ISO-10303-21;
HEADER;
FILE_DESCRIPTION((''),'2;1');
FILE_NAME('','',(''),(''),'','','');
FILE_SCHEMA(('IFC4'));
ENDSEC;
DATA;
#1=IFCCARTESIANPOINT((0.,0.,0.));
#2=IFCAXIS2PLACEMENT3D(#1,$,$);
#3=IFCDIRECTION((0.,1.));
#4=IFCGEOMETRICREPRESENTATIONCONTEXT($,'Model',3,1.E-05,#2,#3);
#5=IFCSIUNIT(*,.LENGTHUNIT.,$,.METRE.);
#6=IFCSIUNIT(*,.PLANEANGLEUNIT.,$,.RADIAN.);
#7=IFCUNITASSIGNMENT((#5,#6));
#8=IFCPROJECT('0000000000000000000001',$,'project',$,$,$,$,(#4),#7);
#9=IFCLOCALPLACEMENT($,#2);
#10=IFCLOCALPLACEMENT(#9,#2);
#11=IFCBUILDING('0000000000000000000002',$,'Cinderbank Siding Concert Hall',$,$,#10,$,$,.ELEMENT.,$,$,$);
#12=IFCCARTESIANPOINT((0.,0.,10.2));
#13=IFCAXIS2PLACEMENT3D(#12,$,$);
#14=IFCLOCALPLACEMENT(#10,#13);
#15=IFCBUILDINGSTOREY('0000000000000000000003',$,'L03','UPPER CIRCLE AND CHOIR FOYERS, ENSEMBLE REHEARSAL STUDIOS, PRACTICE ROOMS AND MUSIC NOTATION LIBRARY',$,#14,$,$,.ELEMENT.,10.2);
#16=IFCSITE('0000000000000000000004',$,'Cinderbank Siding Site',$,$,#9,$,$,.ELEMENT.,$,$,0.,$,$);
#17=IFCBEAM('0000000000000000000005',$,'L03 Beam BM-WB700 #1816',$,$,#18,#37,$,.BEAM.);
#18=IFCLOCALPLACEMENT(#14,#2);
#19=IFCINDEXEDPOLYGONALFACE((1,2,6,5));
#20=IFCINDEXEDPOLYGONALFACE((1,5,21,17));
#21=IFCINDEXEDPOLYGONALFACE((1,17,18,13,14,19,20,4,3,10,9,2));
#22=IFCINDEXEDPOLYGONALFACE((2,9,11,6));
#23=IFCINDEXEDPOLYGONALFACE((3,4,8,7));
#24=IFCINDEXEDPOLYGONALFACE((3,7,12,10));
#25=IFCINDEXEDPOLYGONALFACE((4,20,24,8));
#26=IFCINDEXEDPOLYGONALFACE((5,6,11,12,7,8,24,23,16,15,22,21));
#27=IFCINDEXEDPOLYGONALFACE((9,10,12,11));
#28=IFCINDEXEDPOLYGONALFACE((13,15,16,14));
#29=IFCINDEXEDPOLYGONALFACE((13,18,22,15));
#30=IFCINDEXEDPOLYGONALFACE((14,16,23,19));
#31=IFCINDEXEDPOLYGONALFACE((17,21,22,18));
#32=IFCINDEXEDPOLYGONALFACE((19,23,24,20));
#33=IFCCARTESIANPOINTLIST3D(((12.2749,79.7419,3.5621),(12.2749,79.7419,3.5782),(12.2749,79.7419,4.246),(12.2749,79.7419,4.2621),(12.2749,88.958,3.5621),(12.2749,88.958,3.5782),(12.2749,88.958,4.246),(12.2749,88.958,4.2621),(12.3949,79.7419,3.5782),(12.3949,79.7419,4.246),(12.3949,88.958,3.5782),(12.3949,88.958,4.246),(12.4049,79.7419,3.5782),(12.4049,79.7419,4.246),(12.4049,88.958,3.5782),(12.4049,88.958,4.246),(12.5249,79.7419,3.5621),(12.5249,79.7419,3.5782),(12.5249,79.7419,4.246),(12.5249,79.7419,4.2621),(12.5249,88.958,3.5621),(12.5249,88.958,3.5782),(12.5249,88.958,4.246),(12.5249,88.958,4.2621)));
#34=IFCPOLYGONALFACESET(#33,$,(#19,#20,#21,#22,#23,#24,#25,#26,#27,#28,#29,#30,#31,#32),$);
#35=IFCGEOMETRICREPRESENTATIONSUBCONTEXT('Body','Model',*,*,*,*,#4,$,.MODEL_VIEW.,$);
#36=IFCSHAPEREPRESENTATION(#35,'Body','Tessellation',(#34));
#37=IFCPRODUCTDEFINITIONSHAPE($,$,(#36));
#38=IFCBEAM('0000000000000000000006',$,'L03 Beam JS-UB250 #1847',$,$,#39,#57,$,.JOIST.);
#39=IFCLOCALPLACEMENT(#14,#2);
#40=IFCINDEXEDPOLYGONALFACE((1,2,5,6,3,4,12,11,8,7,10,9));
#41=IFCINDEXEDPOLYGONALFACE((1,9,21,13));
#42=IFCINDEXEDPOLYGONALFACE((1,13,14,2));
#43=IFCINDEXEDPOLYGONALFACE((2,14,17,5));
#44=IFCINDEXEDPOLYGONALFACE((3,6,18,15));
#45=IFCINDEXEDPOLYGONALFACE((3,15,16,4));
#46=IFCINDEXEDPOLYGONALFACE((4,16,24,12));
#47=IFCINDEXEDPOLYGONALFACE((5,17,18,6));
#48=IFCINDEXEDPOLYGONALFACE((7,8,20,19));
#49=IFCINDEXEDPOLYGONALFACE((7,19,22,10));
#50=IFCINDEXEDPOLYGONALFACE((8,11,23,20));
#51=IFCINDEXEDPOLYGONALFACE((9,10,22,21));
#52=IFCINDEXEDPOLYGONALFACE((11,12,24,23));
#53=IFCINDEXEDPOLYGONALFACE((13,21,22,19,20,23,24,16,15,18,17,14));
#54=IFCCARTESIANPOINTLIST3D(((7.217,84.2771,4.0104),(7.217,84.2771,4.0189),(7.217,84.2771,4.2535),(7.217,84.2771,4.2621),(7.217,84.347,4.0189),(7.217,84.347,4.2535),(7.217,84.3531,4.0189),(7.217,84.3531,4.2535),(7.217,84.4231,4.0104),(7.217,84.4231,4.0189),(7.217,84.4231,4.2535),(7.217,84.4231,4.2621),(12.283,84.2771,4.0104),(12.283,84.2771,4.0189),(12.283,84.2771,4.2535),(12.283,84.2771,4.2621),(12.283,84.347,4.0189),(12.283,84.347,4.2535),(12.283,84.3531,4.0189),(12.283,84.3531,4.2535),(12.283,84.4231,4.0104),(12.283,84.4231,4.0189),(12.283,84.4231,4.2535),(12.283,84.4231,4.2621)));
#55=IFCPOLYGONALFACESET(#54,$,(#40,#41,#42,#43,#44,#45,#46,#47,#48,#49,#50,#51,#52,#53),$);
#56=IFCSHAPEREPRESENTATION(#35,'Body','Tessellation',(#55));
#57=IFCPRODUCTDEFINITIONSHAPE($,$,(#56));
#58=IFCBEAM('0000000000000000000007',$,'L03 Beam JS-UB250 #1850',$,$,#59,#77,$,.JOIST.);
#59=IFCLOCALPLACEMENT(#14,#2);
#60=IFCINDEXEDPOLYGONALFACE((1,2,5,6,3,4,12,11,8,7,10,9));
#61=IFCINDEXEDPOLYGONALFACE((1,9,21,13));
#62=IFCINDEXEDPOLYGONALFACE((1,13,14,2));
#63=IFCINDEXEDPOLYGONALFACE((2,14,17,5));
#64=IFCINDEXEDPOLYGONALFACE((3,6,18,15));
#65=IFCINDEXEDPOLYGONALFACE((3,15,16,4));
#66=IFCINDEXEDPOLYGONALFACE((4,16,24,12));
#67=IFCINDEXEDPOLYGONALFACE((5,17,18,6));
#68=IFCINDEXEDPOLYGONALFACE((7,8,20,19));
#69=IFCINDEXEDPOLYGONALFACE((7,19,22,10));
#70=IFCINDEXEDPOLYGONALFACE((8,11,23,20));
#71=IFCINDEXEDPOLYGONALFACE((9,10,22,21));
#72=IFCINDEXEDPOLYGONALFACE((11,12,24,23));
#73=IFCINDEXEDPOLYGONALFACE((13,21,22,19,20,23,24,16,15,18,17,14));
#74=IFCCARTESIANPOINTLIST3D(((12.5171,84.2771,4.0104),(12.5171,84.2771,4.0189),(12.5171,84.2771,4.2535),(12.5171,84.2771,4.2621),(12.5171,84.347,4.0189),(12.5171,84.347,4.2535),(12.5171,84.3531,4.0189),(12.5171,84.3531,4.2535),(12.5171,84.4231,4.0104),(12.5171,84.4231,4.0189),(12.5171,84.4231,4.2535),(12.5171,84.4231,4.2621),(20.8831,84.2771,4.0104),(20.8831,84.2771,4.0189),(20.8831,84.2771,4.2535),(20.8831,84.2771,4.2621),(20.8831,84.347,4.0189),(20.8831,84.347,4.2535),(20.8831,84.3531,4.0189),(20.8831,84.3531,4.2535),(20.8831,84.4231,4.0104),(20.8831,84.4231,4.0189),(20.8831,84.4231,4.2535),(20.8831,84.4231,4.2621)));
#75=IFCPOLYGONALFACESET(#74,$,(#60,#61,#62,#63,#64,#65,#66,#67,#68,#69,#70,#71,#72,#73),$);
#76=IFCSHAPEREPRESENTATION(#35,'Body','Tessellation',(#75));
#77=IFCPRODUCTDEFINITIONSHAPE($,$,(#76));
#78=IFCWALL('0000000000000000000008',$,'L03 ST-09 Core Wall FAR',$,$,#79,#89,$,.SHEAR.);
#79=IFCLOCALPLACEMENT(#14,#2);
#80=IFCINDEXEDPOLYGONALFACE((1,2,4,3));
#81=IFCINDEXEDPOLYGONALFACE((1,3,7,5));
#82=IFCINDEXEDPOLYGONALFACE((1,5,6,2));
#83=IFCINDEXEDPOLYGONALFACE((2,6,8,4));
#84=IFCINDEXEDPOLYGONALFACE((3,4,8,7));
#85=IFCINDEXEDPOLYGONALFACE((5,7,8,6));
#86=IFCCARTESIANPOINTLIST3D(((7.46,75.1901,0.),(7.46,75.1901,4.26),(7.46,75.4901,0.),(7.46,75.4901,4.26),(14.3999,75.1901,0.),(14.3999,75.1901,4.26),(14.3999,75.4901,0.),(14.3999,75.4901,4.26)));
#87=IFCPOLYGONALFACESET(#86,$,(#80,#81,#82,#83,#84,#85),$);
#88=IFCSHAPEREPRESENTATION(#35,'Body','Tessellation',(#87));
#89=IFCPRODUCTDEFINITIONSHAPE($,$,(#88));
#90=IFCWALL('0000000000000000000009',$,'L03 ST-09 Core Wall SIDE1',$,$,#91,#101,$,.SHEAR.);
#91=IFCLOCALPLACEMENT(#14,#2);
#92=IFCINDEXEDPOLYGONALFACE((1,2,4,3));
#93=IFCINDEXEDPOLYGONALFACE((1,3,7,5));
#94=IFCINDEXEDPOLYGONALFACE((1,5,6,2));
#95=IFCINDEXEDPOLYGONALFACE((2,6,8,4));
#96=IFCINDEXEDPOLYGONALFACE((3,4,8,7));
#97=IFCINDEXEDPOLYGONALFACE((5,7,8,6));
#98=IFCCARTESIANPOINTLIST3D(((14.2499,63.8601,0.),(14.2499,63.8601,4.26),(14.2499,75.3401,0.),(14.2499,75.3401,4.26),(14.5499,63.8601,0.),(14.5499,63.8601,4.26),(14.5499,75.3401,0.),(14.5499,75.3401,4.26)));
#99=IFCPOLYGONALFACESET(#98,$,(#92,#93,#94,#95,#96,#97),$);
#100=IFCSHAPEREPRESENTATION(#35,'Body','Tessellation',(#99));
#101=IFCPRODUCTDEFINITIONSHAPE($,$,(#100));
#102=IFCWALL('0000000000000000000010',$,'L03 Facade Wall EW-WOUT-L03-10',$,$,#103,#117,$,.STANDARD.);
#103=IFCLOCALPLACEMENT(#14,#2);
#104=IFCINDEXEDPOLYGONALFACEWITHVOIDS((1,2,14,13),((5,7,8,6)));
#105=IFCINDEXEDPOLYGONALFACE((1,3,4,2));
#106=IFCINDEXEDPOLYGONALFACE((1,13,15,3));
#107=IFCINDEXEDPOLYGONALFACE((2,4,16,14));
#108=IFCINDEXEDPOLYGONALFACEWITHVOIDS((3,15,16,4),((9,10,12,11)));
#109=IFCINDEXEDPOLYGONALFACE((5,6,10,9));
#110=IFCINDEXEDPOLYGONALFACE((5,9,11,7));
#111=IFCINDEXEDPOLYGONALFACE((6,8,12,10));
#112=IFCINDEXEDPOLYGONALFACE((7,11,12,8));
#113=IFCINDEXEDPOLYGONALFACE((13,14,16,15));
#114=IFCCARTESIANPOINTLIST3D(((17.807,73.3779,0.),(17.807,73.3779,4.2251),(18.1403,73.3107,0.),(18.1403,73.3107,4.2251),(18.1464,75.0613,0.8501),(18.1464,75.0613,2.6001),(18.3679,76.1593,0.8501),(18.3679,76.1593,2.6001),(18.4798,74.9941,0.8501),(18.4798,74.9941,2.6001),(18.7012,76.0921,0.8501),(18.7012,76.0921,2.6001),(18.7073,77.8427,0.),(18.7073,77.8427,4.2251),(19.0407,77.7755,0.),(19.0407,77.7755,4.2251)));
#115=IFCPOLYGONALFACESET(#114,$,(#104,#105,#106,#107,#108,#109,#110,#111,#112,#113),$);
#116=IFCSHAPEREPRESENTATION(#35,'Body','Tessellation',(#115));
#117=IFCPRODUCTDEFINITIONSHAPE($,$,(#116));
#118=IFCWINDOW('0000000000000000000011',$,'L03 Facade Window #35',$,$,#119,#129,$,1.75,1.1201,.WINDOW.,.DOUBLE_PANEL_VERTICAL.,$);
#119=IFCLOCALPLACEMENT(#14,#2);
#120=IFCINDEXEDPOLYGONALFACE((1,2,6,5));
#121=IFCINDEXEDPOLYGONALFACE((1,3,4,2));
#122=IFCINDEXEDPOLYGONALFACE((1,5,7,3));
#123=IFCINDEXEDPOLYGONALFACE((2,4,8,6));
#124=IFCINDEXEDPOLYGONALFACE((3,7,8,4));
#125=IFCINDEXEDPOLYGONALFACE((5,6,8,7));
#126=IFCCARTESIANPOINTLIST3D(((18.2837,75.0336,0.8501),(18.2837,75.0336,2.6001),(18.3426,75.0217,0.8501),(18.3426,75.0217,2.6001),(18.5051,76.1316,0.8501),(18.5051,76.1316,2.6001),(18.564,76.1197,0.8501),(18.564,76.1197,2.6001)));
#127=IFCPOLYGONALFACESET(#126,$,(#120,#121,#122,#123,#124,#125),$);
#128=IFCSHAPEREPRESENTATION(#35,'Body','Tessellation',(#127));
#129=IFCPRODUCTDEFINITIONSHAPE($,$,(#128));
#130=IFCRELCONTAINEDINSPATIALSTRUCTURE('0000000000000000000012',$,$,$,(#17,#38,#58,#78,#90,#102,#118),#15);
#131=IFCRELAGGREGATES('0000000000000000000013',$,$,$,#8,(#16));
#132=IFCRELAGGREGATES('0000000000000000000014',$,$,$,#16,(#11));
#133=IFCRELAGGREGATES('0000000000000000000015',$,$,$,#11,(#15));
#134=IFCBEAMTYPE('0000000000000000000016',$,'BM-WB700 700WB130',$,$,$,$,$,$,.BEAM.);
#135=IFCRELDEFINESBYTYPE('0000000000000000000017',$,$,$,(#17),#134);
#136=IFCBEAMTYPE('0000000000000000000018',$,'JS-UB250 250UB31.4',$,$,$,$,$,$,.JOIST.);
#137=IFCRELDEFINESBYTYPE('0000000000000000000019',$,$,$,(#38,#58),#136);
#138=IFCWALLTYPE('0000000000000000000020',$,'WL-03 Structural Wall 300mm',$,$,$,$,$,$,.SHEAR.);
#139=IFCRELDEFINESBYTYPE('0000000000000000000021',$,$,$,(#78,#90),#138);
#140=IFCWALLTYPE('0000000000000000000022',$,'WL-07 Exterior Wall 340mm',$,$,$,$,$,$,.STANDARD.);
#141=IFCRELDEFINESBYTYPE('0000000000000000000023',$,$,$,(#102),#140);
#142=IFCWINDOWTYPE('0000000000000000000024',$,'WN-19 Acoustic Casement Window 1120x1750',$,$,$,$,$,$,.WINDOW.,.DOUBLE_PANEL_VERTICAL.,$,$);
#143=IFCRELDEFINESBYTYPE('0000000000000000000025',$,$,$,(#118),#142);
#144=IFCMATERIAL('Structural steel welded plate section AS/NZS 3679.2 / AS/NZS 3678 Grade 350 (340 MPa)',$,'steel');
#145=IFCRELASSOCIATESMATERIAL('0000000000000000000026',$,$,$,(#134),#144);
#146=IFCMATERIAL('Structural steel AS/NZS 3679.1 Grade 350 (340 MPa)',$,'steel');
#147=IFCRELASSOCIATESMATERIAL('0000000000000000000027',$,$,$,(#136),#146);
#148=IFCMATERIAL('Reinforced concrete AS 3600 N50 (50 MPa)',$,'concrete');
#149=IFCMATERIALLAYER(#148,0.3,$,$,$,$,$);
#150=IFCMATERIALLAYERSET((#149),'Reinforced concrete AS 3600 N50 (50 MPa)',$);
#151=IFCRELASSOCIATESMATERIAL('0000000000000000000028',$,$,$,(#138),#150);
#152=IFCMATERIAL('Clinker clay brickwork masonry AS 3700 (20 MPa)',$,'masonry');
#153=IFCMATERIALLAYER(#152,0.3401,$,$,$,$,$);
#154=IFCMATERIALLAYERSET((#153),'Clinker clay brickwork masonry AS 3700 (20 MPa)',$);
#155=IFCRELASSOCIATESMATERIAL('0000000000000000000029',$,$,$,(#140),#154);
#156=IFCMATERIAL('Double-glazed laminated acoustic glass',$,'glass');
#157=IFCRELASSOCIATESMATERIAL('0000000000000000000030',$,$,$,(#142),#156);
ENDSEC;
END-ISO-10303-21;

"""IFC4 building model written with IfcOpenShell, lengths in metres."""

from ifc_helpers import new_model, si_unit, direction, frame, frame_2d, origin, origin_2d, place, context, subcontext, project, spatial, rectangle, i_section, extrude, material, layer, layer_set, material_profile, profile_set, type_object, element, fill, save


model = new_model("IFC4")

# Units and contexts
model_context = context("Model", 3, precision=1e-05, world=origin(), true_north=direction((0.0, 1.0)))
body_context = subcontext(model_context, "Body", "Model", "MODEL_VIEW")
ifc_project = project(units=[si_unit("LENGTHUNIT", "METRE"), si_unit("PLANEANGLEUNIT", "RADIAN")], contexts=[model_context])

# Site, building, storey
site_placement = place(None, origin())
site = spatial("IfcSite", under=ifc_project, at=site_placement, Name="Cinderbank Siding Site", CompositionType="ELEMENT", RefElevation=0.0)
building_placement = place(site_placement, origin())
building = spatial("IfcBuilding", under=site, at=building_placement, Name="Cinderbank Siding Concert Hall", CompositionType="ELEMENT")
storey_placement = place(building_placement, frame((0.0, 0.0, 10.2)))
storey = spatial("IfcBuildingStorey", under=building, at=storey_placement, Name="L03", Description="UPPER CIRCLE AND CHOIR FOYERS, ENSEMBLE REHEARSAL STUDIOS, PRACTICE ROOMS AND MUSIC NOTATION LIBRARY", CompositionType="ELEMENT", Elevation=10.2)

# Shared definitions
ifc_material_1 = material(Name="Reinforced concrete AS 3600 N50 (50 MPa)", Category="concrete")

# Beams
ifc_material_2 = material(Name="Structural steel AS/NZS 3679.1 Grade 350 (340 MPa)", Category="steel")
ifc_material_3 = material(Name="Structural steel welded plate section AS/NZS 3679.2 / AS/NZS 3678 Grade 350 (340 MPa)", Category="steel")
ifc_material_profile_1 = material_profile(ifc_material_3, i_section(OverallWidth=0.25, OverallDepth=0.7, WebThickness=0.01, FlangeThickness=0.0161, at=origin_2d()), Name="700WB130", Category="LoadBearing")
ifc_profile_set_1 = profile_set([ifc_material_profile_1], Name="Structural steel welded plate section AS/NZS 3679.2 / AS/NZS 3678 Grade 350 (340 MPa)")
beam_type_1 = type_object("IfcBeamType", Name="BM-WB700 700WB130", PredefinedType="BEAM", material=ifc_profile_set_1)
for number, where, z_axis, x_axis, name in (
    (1, (12.3999, 79.7419, 3.9121), (0.0, 1.0, 0.0), (-1.0, 0.0, 0.0), "L03 Beam BM-WB700 #1816"),
):
    element("IfcBeam", number, at=place(storey_placement, frame(where, z_axis=z_axis, x_axis=x_axis)), inside=storey, type_object=beam_type_1, Name=name, PredefinedType="BEAM", context=body_context, shape_type="SweptSolid", body=[
        extrude(i_section(OverallWidth=0.25, OverallDepth=0.7, WebThickness=0.01, FlangeThickness=0.0161, at=origin_2d()), origin(), (0.0, 0.0, 1.0), 9.2161),
    ])
ifc_material_profile_2 = material_profile(ifc_material_2, i_section(OverallWidth=0.146, OverallDepth=0.2517, WebThickness=0.0061, FlangeThickness=0.0085, at=origin_2d()), Name="250UB31.4", Category="LoadBearing")
ifc_profile_set_2 = profile_set([ifc_material_profile_2], Name="Structural steel AS/NZS 3679.1 Grade 350 (340 MPa)")
beam_type_2 = type_object("IfcBeamType", Name="JS-UB250 250UB31.4", PredefinedType="JOIST", material=ifc_profile_set_2)
beam_1_placement = place(storey_placement, frame((7.217, 84.3501, 4.1362), z_axis=(1.0, 0.0, 0.0), x_axis=(0.0, 1.0, 0.0)))
element("IfcBeam", 2, at=beam_1_placement, inside=storey, type_object=beam_type_2, Name="L03 Beam JS-UB250 #1847", PredefinedType="JOIST", context=body_context, shape_type="SweptSolid", body=[
    extrude(i_section(OverallWidth=0.146, OverallDepth=0.2517, WebThickness=0.0061, FlangeThickness=0.0085, at=origin_2d()), origin(), (0.0, 0.0, 1.0), 5.0659),
])
beam_2_placement = place(storey_placement, frame((12.5171, 84.3501, 4.1362), z_axis=(1.0, 0.0, 0.0), x_axis=(0.0, 1.0, 0.0)))
element("IfcBeam", 3, at=beam_2_placement, inside=storey, type_object=beam_type_2, Name="L03 Beam JS-UB250 #1850", PredefinedType="JOIST", context=body_context, shape_type="SweptSolid", body=[
    extrude(i_section(OverallWidth=0.146, OverallDepth=0.2517, WebThickness=0.0061, FlangeThickness=0.0085, at=origin_2d()), origin(), (0.0, 0.0, 1.0), 8.366),
])

# Walls
ifc_layer_1 = layer(ifc_material_1, 0.3)
ifc_layer_set_1 = layer_set([ifc_layer_1], Name="Reinforced concrete AS 3600 N50 (50 MPa)")
wall_type_1 = type_object("IfcWallType", Name="WL-03 Structural Wall 300mm", PredefinedType="SHEAR", material=ifc_layer_set_1)
wall_1_placement = place(storey_placement, frame((7.46, 75.3401, 0.0), z_axis=(0.0, 0.0, 1.0), x_axis=(1.0, 0.0, 0.0)))
element("IfcWall", 4, at=wall_1_placement, inside=storey, type_object=wall_type_1, Name="L03 ST-09 Core Wall FAR", PredefinedType="SHEAR", context=body_context, shape_type="SweptSolid", body=[
    extrude(rectangle(XDim=6.9399, YDim=0.3, at=frame_2d((3.47, 0.0))), origin(), (0.0, 0.0, 1.0), 4.26),
])
wall_2_placement = place(storey_placement, frame((14.3999, 75.3401, 0.0), z_axis=(0.0, 0.0, 1.0), x_axis=(0.0, -1.0, 0.0)))
element("IfcWall", 5, at=wall_2_placement, inside=storey, type_object=wall_type_1, Name="L03 ST-09 Core Wall SIDE1", PredefinedType="SHEAR", context=body_context, shape_type="SweptSolid", body=[
    extrude(rectangle(XDim=11.48, YDim=0.3, at=frame_2d((5.74, 0.0))), origin(), (0.0, 0.0, 1.0), 4.26),
])

# Wall, opening, window
ifc_material_4 = material(Name="Clinker clay brickwork masonry AS 3700 (20 MPa)", Category="masonry")
ifc_layer_2 = layer(ifc_material_4, 0.3401)
ifc_layer_set_2 = layer_set([ifc_layer_2], Name="Clinker clay brickwork masonry AS 3700 (20 MPa)")
wall_type_2 = type_object("IfcWallType", Name="WL-07 Exterior Wall 340mm", PredefinedType="STANDARD", material=ifc_layer_set_2)
wall_3_placement = place(storey_placement, frame((18.874, 77.8091, 0.0), z_axis=(0.0, 0.0, 1.0), x_axis=(-0.197683, -0.980266, 0.0)))
wall_3 = element("IfcWall", 6, at=wall_3_placement, inside=storey, type_object=wall_type_2, Name="L03 Facade Wall EW-WOUT-L03-10", PredefinedType="STANDARD", context=body_context, shape_type="SweptSolid", body=[
    extrude(rectangle(XDim=4.5547, YDim=0.3401, at=frame_2d((2.2773, 0.0))), origin(), (0.0, 0.0, 1.0), 4.2251),
])
opening_1_placement = place(wall_3_placement, frame((1.7173, 0.0, 0.8501)))
opening_1 = element("IfcOpeningElement", 7, at=opening_1_placement, cuts=wall_3, PredefinedType="OPENING", context=body_context, shape_type="SweptSolid", body=[
    extrude(rectangle(XDim=1.1201, YDim=1.75, at=frame_2d((0.5601, 0.875))), frame((0.0, 0.1821, 0.0), z_axis=(0.0, -1.0, 0.0), x_axis=(1.0, 0.0, 0.0)), (0.0, 0.0, 1.0), 0.364),
])
ifc_material_5 = material(Name="Double-glazed laminated acoustic glass", Category="glass")
window_type_1 = type_object("IfcWindowType", Name="WN-19 Acoustic Casement Window 1120x1750", PartitioningType="DOUBLE_PANEL_VERTICAL", PredefinedType="WINDOW", material=ifc_material_5)
window_1_placement = place(opening_1_placement, origin())
window_1 = element("IfcWindow", 8, at=window_1_placement, inside=storey, type_object=window_type_1, Name="L03 Facade Window #35", OverallHeight=1.75, OverallWidth=1.1201, PartitioningType="DOUBLE_PANEL_VERTICAL", PredefinedType="WINDOW", context=body_context, shape_type="SweptSolid", body=[
    extrude(rectangle(XDim=1.1201, YDim=1.75, at=frame_2d((0.5601, 0.875))), frame((0.0, 0.03, 0.0), z_axis=(0.0, -1.0, 0.0), x_axis=(1.0, 0.0, 0.0)), (0.0, 0.0, 1.0), 0.0601),
])
fill(opening_1, window_1)

save(model, "model.ifc")
